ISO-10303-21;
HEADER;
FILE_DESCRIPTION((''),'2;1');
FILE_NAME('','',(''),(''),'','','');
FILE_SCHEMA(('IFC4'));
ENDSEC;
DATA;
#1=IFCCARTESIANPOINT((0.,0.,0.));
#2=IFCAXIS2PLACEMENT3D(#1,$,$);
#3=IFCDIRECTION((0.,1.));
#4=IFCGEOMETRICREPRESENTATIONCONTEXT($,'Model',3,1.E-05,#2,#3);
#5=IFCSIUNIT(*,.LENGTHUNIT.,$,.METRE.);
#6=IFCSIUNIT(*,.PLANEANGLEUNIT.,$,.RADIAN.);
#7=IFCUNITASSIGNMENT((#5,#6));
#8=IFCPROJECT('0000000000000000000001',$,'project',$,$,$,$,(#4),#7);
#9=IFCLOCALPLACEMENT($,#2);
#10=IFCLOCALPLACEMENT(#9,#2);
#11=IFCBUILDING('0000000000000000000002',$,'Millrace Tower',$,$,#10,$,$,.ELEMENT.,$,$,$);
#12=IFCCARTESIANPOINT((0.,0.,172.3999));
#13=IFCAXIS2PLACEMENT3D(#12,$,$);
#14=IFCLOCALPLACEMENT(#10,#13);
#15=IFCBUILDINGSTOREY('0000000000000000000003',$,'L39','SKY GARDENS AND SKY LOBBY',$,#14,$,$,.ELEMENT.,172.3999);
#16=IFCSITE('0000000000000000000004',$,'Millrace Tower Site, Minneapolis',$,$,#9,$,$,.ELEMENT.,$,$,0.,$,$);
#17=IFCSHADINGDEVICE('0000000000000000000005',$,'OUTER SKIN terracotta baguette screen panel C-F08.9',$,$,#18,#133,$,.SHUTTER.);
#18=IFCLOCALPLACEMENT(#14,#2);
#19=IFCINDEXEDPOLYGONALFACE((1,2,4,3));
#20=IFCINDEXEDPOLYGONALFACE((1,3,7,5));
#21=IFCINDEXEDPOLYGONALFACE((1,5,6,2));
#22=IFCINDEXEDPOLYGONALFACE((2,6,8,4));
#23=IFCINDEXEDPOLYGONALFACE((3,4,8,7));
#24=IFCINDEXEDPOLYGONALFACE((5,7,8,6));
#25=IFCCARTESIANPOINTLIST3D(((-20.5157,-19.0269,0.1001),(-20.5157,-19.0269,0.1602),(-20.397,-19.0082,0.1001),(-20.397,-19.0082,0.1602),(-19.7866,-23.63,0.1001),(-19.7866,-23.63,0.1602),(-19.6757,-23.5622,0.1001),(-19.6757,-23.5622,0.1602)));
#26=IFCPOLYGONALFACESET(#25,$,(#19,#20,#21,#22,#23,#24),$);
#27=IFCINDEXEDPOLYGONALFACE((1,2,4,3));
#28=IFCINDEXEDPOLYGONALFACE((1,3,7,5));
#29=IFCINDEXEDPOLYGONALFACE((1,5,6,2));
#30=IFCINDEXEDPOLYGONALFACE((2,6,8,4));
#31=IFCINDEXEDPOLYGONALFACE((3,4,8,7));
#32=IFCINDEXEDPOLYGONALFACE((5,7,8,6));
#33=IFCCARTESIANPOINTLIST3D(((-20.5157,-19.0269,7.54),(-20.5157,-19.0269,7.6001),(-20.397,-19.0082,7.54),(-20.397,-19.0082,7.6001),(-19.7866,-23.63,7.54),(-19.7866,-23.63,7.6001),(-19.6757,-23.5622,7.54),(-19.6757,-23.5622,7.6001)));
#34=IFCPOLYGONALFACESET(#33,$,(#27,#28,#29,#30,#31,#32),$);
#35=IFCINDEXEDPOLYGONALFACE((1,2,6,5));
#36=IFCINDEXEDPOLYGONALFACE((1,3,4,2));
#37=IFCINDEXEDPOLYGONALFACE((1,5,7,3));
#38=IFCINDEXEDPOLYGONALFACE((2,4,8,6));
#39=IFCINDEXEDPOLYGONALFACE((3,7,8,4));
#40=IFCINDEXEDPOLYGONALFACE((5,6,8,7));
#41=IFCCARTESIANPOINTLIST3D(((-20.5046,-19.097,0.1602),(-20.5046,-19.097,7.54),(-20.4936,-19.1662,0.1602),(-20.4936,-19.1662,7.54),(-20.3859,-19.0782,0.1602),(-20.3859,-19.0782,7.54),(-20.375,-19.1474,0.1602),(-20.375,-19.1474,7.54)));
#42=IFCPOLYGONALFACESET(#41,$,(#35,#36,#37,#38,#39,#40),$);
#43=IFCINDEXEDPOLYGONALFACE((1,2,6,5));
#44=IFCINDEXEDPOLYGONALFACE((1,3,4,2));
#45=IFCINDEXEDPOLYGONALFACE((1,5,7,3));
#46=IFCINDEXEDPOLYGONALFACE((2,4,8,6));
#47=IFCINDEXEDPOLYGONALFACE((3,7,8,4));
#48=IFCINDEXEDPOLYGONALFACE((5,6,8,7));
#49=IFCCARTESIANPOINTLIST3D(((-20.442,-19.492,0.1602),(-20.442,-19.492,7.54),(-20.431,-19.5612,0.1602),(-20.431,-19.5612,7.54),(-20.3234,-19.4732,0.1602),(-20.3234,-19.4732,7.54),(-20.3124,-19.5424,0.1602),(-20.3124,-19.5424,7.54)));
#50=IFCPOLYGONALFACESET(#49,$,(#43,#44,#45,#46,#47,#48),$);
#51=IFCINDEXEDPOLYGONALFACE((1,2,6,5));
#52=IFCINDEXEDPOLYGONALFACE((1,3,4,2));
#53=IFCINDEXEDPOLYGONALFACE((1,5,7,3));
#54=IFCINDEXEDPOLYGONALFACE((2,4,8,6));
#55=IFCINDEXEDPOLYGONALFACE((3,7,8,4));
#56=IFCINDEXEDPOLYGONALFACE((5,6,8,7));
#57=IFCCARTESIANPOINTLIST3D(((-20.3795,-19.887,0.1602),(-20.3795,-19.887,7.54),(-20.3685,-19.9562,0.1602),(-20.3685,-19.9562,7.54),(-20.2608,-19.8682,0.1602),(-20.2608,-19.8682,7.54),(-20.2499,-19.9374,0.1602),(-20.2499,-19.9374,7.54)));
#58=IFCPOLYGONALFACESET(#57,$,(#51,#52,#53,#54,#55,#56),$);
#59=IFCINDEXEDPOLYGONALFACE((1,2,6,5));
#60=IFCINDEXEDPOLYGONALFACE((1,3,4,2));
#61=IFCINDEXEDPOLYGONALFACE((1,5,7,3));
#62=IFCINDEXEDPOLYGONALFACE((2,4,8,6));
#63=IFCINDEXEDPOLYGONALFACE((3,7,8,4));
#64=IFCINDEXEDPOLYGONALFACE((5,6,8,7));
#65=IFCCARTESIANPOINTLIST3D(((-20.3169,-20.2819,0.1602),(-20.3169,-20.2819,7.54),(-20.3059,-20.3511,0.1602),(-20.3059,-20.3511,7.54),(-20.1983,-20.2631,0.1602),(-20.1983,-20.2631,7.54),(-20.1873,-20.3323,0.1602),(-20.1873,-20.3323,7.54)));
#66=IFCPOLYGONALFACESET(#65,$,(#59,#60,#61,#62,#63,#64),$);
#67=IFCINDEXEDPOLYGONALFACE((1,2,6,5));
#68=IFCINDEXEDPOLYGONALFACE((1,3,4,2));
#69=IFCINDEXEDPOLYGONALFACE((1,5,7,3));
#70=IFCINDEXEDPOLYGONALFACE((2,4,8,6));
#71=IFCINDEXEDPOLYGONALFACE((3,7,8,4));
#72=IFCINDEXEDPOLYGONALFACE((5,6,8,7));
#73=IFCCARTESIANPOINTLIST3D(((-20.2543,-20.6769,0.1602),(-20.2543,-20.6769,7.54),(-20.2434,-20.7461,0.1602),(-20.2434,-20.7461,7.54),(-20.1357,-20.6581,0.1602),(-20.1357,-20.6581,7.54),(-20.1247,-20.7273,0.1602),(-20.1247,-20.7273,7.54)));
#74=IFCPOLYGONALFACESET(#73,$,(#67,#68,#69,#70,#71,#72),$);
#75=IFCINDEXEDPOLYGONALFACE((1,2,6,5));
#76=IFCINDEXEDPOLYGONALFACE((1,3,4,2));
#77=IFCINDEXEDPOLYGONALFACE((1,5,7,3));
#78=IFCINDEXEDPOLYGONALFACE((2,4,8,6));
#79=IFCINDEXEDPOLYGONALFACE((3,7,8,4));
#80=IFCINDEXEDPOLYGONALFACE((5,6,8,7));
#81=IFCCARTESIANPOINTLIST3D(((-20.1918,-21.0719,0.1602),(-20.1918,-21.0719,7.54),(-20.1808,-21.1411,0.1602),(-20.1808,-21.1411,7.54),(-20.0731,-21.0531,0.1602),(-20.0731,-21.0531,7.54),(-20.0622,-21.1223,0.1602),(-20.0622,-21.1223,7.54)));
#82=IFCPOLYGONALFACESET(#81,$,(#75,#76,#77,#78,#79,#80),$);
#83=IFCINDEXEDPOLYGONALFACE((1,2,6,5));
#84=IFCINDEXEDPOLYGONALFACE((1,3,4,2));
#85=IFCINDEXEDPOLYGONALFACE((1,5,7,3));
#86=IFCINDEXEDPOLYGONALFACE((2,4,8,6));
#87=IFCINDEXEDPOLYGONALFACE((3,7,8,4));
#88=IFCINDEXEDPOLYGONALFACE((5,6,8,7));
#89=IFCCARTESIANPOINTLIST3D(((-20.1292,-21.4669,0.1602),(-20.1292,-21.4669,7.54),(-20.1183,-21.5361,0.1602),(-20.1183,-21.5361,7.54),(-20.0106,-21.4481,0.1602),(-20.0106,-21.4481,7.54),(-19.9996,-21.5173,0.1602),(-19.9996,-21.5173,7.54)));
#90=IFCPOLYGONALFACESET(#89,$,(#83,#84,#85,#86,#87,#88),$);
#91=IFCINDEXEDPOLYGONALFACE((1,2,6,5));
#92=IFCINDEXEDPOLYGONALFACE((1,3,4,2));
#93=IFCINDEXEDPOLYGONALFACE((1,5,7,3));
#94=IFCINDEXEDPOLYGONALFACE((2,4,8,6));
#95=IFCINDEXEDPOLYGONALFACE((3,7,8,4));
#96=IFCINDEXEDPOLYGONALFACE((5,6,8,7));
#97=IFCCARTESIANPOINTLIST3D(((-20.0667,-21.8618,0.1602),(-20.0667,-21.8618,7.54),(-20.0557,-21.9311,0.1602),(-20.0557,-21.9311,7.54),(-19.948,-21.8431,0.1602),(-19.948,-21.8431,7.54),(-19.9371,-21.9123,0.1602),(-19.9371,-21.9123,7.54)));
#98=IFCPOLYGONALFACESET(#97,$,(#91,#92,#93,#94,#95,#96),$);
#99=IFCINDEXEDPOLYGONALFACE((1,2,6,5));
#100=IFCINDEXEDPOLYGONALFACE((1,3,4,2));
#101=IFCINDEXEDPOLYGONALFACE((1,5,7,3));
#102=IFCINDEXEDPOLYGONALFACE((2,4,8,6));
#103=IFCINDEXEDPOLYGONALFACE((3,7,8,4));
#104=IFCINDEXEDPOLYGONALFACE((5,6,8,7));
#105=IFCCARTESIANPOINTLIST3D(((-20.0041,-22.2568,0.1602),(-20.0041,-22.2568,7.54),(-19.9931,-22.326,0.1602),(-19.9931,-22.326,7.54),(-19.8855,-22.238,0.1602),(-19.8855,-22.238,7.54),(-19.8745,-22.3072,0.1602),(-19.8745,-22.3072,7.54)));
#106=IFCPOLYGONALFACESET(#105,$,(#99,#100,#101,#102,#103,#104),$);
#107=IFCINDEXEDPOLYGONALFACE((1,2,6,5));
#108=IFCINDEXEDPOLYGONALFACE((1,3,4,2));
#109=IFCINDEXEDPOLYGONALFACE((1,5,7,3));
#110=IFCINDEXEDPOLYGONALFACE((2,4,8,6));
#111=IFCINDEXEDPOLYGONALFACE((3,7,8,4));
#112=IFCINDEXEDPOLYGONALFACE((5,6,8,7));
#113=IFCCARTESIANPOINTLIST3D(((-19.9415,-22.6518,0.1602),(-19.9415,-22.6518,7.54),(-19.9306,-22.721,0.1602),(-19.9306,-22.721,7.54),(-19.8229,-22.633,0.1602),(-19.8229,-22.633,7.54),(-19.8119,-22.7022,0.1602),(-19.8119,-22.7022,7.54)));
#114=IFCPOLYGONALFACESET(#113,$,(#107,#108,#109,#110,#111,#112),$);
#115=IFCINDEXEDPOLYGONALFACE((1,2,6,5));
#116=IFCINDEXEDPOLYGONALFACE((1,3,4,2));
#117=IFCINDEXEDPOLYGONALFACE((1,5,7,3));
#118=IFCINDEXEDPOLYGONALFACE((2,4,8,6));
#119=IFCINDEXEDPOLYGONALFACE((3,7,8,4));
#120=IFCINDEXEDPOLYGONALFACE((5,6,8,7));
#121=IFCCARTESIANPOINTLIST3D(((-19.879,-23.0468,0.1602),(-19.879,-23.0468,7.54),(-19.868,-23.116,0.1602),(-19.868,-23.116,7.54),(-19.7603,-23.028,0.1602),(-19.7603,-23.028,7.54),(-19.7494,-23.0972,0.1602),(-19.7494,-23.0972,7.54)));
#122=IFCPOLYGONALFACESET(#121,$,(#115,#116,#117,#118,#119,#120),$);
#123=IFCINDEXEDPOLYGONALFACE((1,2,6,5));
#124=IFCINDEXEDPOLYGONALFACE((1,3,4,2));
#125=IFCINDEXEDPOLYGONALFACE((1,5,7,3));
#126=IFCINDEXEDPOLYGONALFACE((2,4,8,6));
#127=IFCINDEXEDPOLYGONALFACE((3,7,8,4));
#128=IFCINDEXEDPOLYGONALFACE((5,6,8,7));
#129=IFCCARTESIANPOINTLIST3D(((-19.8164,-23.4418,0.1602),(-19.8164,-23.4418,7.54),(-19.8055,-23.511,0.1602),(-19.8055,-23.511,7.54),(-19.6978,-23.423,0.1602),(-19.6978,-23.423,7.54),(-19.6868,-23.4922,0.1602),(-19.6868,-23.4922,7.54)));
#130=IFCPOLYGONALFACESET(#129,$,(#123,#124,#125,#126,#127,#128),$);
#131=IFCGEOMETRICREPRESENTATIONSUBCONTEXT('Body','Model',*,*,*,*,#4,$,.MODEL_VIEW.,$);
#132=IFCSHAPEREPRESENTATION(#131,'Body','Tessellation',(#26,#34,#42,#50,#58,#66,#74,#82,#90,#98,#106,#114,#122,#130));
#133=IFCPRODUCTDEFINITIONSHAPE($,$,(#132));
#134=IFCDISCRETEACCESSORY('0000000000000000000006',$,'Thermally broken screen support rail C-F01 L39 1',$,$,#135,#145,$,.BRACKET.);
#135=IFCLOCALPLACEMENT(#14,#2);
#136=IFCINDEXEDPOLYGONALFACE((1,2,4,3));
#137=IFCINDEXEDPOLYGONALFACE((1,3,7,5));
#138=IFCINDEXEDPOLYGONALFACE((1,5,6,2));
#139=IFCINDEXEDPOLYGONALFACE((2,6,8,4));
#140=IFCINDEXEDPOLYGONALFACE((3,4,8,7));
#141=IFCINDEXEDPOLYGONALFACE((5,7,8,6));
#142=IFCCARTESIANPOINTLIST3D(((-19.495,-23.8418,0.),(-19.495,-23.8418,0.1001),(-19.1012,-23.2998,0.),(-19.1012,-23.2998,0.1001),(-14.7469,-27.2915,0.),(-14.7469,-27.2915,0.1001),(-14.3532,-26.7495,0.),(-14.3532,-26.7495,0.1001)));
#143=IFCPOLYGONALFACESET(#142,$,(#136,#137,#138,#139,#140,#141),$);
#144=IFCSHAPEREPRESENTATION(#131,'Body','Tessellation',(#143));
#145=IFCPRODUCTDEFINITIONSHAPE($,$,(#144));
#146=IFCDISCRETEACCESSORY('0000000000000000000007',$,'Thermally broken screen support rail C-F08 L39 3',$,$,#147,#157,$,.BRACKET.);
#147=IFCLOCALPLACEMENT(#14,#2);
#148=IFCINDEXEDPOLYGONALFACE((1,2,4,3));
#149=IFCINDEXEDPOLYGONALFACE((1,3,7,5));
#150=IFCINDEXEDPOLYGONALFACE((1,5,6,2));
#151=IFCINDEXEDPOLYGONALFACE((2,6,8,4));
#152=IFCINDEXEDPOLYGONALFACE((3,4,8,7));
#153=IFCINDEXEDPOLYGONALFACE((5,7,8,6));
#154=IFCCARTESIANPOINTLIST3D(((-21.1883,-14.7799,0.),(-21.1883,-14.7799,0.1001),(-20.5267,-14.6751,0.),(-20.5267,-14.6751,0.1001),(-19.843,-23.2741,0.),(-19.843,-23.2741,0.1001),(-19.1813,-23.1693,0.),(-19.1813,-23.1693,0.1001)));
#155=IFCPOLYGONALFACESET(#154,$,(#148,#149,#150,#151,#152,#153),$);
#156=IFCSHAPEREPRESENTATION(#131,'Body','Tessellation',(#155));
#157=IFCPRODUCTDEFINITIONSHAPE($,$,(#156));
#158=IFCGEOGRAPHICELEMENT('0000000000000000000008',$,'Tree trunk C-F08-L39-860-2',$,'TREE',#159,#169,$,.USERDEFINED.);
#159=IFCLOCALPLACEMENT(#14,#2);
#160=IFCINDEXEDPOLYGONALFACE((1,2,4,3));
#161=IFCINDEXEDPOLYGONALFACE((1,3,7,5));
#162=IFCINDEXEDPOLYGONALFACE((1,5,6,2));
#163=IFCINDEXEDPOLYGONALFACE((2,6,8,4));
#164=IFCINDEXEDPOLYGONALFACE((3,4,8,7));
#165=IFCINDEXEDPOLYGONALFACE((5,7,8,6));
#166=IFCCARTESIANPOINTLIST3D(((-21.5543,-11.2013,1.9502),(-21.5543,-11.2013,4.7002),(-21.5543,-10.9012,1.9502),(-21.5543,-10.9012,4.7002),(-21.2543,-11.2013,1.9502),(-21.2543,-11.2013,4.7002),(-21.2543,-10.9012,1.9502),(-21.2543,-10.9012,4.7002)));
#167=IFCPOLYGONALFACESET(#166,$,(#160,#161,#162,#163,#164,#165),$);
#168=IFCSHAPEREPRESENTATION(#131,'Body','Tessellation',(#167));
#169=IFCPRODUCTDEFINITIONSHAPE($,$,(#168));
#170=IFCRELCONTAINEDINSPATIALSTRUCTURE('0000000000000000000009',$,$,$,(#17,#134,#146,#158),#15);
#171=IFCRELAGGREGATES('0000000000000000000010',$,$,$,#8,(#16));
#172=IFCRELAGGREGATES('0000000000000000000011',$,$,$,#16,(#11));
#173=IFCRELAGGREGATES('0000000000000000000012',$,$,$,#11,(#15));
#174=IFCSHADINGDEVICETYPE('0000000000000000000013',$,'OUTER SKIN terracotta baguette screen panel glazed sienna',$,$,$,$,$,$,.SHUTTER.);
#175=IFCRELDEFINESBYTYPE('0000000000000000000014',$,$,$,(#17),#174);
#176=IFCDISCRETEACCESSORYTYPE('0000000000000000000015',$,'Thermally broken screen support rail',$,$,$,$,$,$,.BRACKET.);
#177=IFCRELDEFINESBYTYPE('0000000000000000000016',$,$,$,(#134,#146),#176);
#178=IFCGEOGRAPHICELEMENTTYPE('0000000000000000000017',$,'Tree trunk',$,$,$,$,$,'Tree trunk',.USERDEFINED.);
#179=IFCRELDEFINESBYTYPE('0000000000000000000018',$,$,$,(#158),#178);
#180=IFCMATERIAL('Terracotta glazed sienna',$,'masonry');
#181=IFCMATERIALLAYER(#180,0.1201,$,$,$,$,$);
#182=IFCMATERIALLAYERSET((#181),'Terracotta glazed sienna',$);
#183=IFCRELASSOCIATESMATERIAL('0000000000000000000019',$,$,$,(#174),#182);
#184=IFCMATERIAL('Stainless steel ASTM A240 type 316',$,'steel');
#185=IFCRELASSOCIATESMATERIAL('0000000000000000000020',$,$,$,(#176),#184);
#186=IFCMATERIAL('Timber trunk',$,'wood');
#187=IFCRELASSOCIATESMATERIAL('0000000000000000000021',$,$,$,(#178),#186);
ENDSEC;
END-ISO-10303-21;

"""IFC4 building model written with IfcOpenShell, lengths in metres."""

from ifc_helpers import new_model, entity, si_unit, direction, frame, frame_2d, origin, origin_2d, place, context, subcontext, project, spatial, rectangle, extrude, source, transform, mapped, material, layer, layer_set, type_object, element, save


model = new_model("IFC4")

# Units and contexts
model_context = context("Model", 3, precision=1e-05, world=origin(), true_north=direction((0.0, 1.0)))
body_context = subcontext(model_context, "Body", "Model", "MODEL_VIEW")
ifc_project = project(units=[si_unit("LENGTHUNIT", "METRE"), si_unit("PLANEANGLEUNIT", "RADIAN")], contexts=[model_context])

# Site, building, storey
site_placement = place(None, origin())
site = spatial("IfcSite", under=ifc_project, at=site_placement, Name="Millrace Tower Site, Minneapolis", CompositionType="ELEMENT", RefElevation=0.0)
building_placement = place(site_placement, origin())
building = spatial("IfcBuilding", under=site, at=building_placement, Name="Millrace Tower", CompositionType="ELEMENT")
storey_placement = place(building_placement, frame((0.0, 0.0, 172.3999)))
storey = spatial("IfcBuildingStorey", under=building, at=storey_placement, Name="L39", Description="SKY GARDENS AND SKY LOBBY", CompositionType="ELEMENT", Elevation=172.3999)

# Shading device
ifc_material_1 = material(Name="Terracotta glazed sienna", Category="masonry")
ifc_layer_1 = layer(ifc_material_1, 0.1201)
ifc_layer_set_1 = layer_set([ifc_layer_1], Name="Terracotta glazed sienna")
shading_device_type = type_object("IfcShadingDeviceType", Name="OUTER SKIN terracotta baguette screen panel glazed sienna", PredefinedType="SHUTTER", material=ifc_layer_set_1)
cartesian_point_1 = entity("IfcCartesianPoint", [-2.3179, 0.0601])
shared_polyline_1 = entity("IfcPolyline", [cartesian_point_1, entity("IfcCartesianPoint", [2.293, 0.0601]), entity("IfcCartesianPoint", [2.3425, -0.0601]), entity("IfcCartesianPoint", [-2.3179, -0.0601]), cartesian_point_1])
shared_shape_1 = source(origin(), body_context, "Body", "SweptSolid", [
    entity("IfcExtrudedAreaSolid", entity("IfcArbitraryClosedProfileDef", "AREA", None, shared_polyline_1), entity("IfcAxis2Placement3D", entity("IfcCartesianPoint", [0.0, 0.0, 0.0])), entity("IfcDirection", [0.0, 0.0, 1.0]), 0.0601),
    entity("IfcExtrudedAreaSolid", entity("IfcArbitraryClosedProfileDef", "AREA", None, shared_polyline_1), entity("IfcAxis2Placement3D", entity("IfcCartesianPoint", [0.0, 0.0, 7.4399])), entity("IfcDirection", [0.0, 0.0, 1.0]), 0.0601),
    extrude(rectangle(XDim=0.0701, YDim=0.1201, at=frame_2d((-2.2119, 0.0))), frame((0.0, 0.0, 0.0601)), (0.0, 0.0, 1.0), 7.3799),
    extrude(rectangle(XDim=0.0701, YDim=0.1201, at=frame_2d((-1.812, 0.0))), frame((0.0, 0.0, 0.0601)), (0.0, 0.0, 1.0), 7.3799),
    extrude(rectangle(XDim=0.0701, YDim=0.1201, at=frame_2d((-1.4121, 0.0))), frame((0.0, 0.0, 0.0601)), (0.0, 0.0, 1.0), 7.3799),
    extrude(rectangle(XDim=0.0701, YDim=0.1201, at=frame_2d((-1.0122, 0.0))), frame((0.0, 0.0, 0.0601)), (0.0, 0.0, 1.0), 7.3799),
    extrude(rectangle(XDim=0.0701, YDim=0.1201, at=frame_2d((-0.6123, 0.0))), frame((0.0, 0.0, 0.0601)), (0.0, 0.0, 1.0), 7.3799),
    extrude(rectangle(XDim=0.0701, YDim=0.1201, at=frame_2d((-0.2124, 0.0))), frame((0.0, 0.0, 0.0601)), (0.0, 0.0, 1.0), 7.3799),
    extrude(rectangle(XDim=0.0701, YDim=0.1201, at=frame_2d((0.1875, 0.0))), frame((0.0, 0.0, 0.0601)), (0.0, 0.0, 1.0), 7.3799),
    extrude(rectangle(XDim=0.0701, YDim=0.1201, at=frame_2d((0.5874, 0.0))), frame((0.0, 0.0, 0.0601)), (0.0, 0.0, 1.0), 7.3799),
    extrude(rectangle(XDim=0.0701, YDim=0.1201, at=frame_2d((0.9873, 0.0))), frame((0.0, 0.0, 0.0601)), (0.0, 0.0, 1.0), 7.3799),
    extrude(rectangle(XDim=0.0701, YDim=0.1201, at=frame_2d((1.3872, 0.0))), frame((0.0, 0.0, 0.0601)), (0.0, 0.0, 1.0), 7.3799),
    extrude(rectangle(XDim=0.0701, YDim=0.1201, at=frame_2d((1.7871, 0.0))), frame((0.0, 0.0, 0.0601)), (0.0, 0.0, 1.0), 7.3799),
    extrude(rectangle(XDim=0.0701, YDim=0.1201, at=frame_2d((2.187, 0.0))), frame((0.0, 0.0, 0.0601)), (0.0, 0.0, 1.0), 7.3799),
])
shading_device_1_placement = place(storey_placement, frame((-20.0938, -21.3069, 0.1001), z_axis=(0.0, 0.0, 1.0), x_axis=(0.156434, -0.987688, 0.0)))
element("IfcShadingDevice", 1, at=shading_device_1_placement, inside=storey, type_object=shading_device_type, Name="OUTER SKIN terracotta baguette screen panel C-F08.9", PredefinedType="SHUTTER", context=body_context, shape_type="MappedRepresentation", body=[
    mapped(shared_shape_1, transform((0.0, 0.0, 0.0), scale=1.0)),
])

# Discrete accessories
ifc_material_2 = material(Name="Stainless steel ASTM A240 type 316", Category="steel")
discrete_accessory_type = type_object("IfcDiscreteAccessoryType", Name="Thermally broken screen support rail", PredefinedType="BRACKET", material=ifc_material_2)
discrete_accessory_1_placement = place(storey_placement, frame((-16.9241, -25.2957, 0.0), z_axis=(0.0, 0.0, 1.0), x_axis=(0.809017, -0.587785, 0.0)))
element("IfcDiscreteAccessory", 2, at=discrete_accessory_1_placement, inside=storey, type_object=discrete_accessory_type, Name="Thermally broken screen support rail C-F01 L39 1", PredefinedType="BRACKET", context=body_context, shape_type="SweptSolid", body=[
    extrude(rectangle(XDim=5.8689, YDim=0.6699, at=origin_2d()), origin(), (0.0, 0.0, 1.0), 0.1001),
])
discrete_accessory_2_placement = place(storey_placement, frame((-20.1848, -18.9746, 0.0), z_axis=(0.0, 0.0, 1.0), x_axis=(0.156434, -0.987688, 0.0)))
element("IfcDiscreteAccessory", 3, at=discrete_accessory_2_placement, inside=storey, type_object=discrete_accessory_type, Name="Thermally broken screen support rail C-F08 L39 3", PredefinedType="BRACKET", context=body_context, shape_type="SweptSolid", body=[
    extrude(rectangle(XDim=8.6001, YDim=0.6699, at=origin_2d()), origin(), (0.0, 0.0, 1.0), 0.1001),
])

# Geographic element
ifc_material_3 = material(Name="Timber trunk", Category="wood")
geographic_element_type = type_object("IfcGeographicElementType", Name="Tree trunk", ElementType="Tree trunk", PredefinedType="USERDEFINED", material=ifc_material_3)
geographic_element_placement = place(storey_placement, frame((-21.4043, -11.0513, 1.9502), z_axis=(0.0, 0.0, 1.0), x_axis=(1.0, 0.0, 0.0)))
element("IfcGeographicElement", 4, at=geographic_element_placement, inside=storey, type_object=geographic_element_type, Name="Tree trunk C-F08-L39-860-2", ObjectType="TREE", PredefinedType="USERDEFINED", context=body_context, shape_type="SweptSolid", body=[
    extrude(rectangle(XDim=0.3, YDim=0.3, at=origin_2d()), origin(), (0.0, 0.0, 1.0), 2.75),
])

save(model, "model.ifc")
